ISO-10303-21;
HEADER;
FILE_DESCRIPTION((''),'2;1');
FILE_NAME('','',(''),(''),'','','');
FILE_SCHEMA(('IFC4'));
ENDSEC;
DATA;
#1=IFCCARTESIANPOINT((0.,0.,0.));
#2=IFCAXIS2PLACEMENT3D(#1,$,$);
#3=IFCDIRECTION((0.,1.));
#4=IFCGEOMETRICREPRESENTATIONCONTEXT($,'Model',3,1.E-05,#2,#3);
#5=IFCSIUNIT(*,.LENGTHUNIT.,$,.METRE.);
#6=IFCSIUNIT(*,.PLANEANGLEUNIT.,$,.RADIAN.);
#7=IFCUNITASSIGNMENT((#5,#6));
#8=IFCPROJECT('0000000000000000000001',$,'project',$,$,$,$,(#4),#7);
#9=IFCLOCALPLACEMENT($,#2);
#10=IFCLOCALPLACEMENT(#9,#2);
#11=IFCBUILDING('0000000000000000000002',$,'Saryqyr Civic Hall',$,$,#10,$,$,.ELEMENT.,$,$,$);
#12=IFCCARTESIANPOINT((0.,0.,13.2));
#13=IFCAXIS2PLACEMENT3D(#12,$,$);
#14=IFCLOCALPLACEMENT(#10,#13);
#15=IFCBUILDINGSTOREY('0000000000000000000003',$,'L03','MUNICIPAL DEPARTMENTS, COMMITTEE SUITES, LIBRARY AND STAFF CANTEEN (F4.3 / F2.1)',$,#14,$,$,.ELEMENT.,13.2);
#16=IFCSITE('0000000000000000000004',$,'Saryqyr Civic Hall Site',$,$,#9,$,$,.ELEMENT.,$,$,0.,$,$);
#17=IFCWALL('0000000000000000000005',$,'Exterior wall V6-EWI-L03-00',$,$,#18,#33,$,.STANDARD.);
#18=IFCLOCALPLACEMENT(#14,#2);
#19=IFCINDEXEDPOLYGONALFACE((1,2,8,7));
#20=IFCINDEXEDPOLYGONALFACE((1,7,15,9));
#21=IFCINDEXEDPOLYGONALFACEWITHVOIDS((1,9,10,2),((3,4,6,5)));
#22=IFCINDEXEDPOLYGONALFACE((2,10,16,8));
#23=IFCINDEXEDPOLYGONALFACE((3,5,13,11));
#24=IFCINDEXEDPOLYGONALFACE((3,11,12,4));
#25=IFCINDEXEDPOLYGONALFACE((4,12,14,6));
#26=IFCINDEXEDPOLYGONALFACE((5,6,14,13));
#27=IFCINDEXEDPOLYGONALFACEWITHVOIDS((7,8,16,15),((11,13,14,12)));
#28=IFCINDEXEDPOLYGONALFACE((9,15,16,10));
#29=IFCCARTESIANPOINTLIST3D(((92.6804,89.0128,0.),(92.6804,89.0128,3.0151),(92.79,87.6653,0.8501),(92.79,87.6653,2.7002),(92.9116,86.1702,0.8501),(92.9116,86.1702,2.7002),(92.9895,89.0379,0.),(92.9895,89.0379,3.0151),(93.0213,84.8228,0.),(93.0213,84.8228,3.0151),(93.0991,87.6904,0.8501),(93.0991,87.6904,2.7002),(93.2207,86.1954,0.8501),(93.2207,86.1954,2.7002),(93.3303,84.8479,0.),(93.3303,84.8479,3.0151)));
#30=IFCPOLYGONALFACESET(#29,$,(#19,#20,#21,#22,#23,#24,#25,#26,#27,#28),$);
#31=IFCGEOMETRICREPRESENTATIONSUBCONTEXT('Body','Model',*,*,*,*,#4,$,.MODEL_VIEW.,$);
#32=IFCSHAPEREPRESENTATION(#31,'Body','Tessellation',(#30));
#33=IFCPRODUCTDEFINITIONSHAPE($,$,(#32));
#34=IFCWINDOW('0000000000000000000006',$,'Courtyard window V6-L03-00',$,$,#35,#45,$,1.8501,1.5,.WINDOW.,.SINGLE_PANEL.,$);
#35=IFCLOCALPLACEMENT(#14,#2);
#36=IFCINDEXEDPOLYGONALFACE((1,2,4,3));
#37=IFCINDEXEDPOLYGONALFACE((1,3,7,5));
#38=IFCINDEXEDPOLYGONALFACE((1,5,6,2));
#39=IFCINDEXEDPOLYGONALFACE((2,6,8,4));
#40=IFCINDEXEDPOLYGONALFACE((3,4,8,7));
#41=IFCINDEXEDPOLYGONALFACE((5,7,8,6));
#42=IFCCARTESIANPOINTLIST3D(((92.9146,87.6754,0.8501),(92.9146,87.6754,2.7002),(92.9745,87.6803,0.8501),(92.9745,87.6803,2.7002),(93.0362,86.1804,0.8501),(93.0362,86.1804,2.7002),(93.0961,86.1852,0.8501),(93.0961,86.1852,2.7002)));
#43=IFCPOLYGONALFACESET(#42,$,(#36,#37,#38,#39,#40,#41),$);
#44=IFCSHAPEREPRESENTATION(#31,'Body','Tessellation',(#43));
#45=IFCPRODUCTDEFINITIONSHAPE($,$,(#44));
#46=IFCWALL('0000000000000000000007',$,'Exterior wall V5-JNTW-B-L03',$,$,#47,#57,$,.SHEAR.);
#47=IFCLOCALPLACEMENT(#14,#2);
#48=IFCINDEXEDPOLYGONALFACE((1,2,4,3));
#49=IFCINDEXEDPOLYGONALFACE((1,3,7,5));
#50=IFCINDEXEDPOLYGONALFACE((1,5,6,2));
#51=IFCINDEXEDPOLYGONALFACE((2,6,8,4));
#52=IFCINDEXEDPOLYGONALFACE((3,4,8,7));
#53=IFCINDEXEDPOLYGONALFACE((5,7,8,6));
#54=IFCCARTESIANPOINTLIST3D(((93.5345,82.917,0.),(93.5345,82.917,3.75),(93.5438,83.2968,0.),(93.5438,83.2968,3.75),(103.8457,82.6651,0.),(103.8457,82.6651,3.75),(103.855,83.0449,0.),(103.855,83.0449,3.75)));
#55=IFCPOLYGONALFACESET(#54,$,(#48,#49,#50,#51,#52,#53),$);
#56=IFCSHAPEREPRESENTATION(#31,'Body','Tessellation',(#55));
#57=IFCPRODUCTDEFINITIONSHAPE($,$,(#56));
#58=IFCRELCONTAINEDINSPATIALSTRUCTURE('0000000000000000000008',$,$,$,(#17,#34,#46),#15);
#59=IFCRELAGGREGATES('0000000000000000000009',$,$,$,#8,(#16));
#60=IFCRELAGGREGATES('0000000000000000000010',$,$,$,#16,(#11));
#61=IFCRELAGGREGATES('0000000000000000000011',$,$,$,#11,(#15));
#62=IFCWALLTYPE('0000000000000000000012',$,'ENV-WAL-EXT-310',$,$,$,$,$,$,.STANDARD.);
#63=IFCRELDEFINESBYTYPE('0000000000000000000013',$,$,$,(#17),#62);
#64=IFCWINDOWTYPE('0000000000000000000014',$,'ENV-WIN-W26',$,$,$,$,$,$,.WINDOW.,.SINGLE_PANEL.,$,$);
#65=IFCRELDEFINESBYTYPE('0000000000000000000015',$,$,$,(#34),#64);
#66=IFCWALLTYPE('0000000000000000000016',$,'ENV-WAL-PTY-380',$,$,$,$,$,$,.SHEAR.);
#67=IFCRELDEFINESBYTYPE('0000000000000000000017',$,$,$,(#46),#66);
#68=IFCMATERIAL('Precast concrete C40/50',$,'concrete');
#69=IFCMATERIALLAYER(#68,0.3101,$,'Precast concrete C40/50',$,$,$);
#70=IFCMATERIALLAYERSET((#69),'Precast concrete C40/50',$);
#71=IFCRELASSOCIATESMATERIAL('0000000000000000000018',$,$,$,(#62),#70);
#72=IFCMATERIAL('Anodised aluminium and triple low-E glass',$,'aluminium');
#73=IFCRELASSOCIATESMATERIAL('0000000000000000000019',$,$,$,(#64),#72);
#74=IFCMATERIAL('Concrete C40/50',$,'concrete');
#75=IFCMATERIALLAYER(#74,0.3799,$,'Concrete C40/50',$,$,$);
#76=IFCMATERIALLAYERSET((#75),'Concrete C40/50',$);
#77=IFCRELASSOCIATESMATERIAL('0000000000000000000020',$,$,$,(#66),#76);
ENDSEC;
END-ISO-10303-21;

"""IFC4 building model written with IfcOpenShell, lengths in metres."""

from ifc_helpers import new_model, si_unit, direction, frame, frame_2d, origin, place, context, subcontext, project, spatial, rectangle, extrude, material, layer, layer_set, type_object, element, fill, save


model = new_model("IFC4")

# Units and contexts
model_context = context("Model", 3, precision=1e-05, world=origin(), true_north=direction((0.0, 1.0)))
body_context = subcontext(model_context, "Body", "Model", "MODEL_VIEW")
ifc_project = project(units=[si_unit("LENGTHUNIT", "METRE"), si_unit("PLANEANGLEUNIT", "RADIAN")], contexts=[model_context])

# Site, building, storey
site_placement = place(None, origin())
site = spatial("IfcSite", under=ifc_project, at=site_placement, Name="Saryqyr Civic Hall Site", CompositionType="ELEMENT", RefElevation=0.0)
building_placement = place(site_placement, origin())
building = spatial("IfcBuilding", under=site, at=building_placement, Name="Saryqyr Civic Hall", CompositionType="ELEMENT")
storey_placement = place(building_placement, frame((0.0, 0.0, 13.2)))
storey = spatial("IfcBuildingStorey", under=building, at=storey_placement, Name="L03", Description="MUNICIPAL DEPARTMENTS, COMMITTEE SUITES, LIBRARY AND STAFF CANTEEN (F4.3 / F2.1)", CompositionType="ELEMENT", Elevation=13.2)

# Shared definitions
ifc_material_1 = material(Name="Concrete C40/50", Category="concrete")

# Shared definitions
ifc_material_2 = material(Name="Anodised aluminium and triple low-E glass", Category="aluminium")

# Wall, opening, window
ifc_material_3 = material(Name="Precast concrete C40/50", Category="concrete")
ifc_layer_1 = layer(ifc_material_3, 0.3101, Name="Precast concrete C40/50")
ifc_layer_set_1 = layer_set([ifc_layer_1], Name="Precast concrete C40/50")
wall_type_1 = type_object("IfcWallType", Name="ENV-WAL-EXT-310", PredefinedType="STANDARD", material=ifc_layer_set_1)
wall_1_placement = place(storey_placement, frame((93.1758, 84.8352, 0.0), z_axis=(0.0, 0.0, 1.0), x_axis=(-0.081075, 0.996708, 0.0)))
wall_1 = element("IfcWall", 1, at=wall_1_placement, inside=storey, type_object=wall_type_1, Name="Exterior wall V6-EWI-L03-00", PredefinedType="STANDARD", context=body_context, shape_type="SweptSolid", body=[
    extrude(rectangle(XDim=4.2039, YDim=0.3101, at=frame_2d((2.1021, 0.0))), origin(), (0.0, 0.0, 1.0), 3.0151),
])
opening_placement = place(wall_1_placement, frame((1.3521, 0.0, 0.8501)))
opening = element("IfcOpeningElement", 2, at=opening_placement, cuts=wall_1, PredefinedType="OPENING", context=body_context, shape_type="SweptSolid", body=[
    extrude(rectangle(XDim=1.5, YDim=1.8501, at=frame_2d((0.75, 0.925))), frame((0.0, 0.165, 0.0), z_axis=(0.0, -1.0, 0.0), x_axis=(1.0, 0.0, 0.0)), (0.0, 0.0, 1.0), 0.3301),
])
window_type = type_object("IfcWindowType", Name="ENV-WIN-W26", PartitioningType="SINGLE_PANEL", PredefinedType="WINDOW", material=ifc_material_2)
window_placement = place(opening_placement, origin())
window = element("IfcWindow", 3, at=window_placement, inside=storey, type_object=window_type, Name="Courtyard window V6-L03-00", OverallHeight=1.8501, OverallWidth=1.5, PartitioningType="SINGLE_PANEL", PredefinedType="WINDOW", context=body_context, shape_type="SweptSolid", body=[
    extrude(rectangle(XDim=1.5, YDim=1.8501, at=frame_2d((0.75, 0.925))), frame((0.0, 0.03, 0.0), z_axis=(0.0, -1.0, 0.0), x_axis=(1.0, 0.0, 0.0)), (0.0, 0.0, 1.0), 0.0601),
])
fill(opening, window)

# Wall
ifc_layer_2 = layer(ifc_material_1, 0.3799, Name="Concrete C40/50")
ifc_layer_set_2 = layer_set([ifc_layer_2], Name="Concrete C40/50")
wall_type_2 = type_object("IfcWallType", Name="ENV-WAL-PTY-380", PredefinedType="SHEAR", material=ifc_layer_set_2)
wall_2_placement = place(storey_placement, frame((93.5391, 83.1069, 0.0), z_axis=(0.0, 0.0, 1.0), x_axis=(0.999702, -0.024428, 0.0)))
element("IfcWall", 4, at=wall_2_placement, inside=storey, type_object=wall_type_2, Name="Exterior wall V5-JNTW-B-L03", PredefinedType="SHEAR", context=body_context, shape_type="SweptSolid", body=[
    extrude(rectangle(XDim=10.3142, YDim=0.3799, at=frame_2d((5.1572, 0.0))), origin(), (0.0, 0.0, 1.0), 3.75),
])

save(model, "model.ifc")
